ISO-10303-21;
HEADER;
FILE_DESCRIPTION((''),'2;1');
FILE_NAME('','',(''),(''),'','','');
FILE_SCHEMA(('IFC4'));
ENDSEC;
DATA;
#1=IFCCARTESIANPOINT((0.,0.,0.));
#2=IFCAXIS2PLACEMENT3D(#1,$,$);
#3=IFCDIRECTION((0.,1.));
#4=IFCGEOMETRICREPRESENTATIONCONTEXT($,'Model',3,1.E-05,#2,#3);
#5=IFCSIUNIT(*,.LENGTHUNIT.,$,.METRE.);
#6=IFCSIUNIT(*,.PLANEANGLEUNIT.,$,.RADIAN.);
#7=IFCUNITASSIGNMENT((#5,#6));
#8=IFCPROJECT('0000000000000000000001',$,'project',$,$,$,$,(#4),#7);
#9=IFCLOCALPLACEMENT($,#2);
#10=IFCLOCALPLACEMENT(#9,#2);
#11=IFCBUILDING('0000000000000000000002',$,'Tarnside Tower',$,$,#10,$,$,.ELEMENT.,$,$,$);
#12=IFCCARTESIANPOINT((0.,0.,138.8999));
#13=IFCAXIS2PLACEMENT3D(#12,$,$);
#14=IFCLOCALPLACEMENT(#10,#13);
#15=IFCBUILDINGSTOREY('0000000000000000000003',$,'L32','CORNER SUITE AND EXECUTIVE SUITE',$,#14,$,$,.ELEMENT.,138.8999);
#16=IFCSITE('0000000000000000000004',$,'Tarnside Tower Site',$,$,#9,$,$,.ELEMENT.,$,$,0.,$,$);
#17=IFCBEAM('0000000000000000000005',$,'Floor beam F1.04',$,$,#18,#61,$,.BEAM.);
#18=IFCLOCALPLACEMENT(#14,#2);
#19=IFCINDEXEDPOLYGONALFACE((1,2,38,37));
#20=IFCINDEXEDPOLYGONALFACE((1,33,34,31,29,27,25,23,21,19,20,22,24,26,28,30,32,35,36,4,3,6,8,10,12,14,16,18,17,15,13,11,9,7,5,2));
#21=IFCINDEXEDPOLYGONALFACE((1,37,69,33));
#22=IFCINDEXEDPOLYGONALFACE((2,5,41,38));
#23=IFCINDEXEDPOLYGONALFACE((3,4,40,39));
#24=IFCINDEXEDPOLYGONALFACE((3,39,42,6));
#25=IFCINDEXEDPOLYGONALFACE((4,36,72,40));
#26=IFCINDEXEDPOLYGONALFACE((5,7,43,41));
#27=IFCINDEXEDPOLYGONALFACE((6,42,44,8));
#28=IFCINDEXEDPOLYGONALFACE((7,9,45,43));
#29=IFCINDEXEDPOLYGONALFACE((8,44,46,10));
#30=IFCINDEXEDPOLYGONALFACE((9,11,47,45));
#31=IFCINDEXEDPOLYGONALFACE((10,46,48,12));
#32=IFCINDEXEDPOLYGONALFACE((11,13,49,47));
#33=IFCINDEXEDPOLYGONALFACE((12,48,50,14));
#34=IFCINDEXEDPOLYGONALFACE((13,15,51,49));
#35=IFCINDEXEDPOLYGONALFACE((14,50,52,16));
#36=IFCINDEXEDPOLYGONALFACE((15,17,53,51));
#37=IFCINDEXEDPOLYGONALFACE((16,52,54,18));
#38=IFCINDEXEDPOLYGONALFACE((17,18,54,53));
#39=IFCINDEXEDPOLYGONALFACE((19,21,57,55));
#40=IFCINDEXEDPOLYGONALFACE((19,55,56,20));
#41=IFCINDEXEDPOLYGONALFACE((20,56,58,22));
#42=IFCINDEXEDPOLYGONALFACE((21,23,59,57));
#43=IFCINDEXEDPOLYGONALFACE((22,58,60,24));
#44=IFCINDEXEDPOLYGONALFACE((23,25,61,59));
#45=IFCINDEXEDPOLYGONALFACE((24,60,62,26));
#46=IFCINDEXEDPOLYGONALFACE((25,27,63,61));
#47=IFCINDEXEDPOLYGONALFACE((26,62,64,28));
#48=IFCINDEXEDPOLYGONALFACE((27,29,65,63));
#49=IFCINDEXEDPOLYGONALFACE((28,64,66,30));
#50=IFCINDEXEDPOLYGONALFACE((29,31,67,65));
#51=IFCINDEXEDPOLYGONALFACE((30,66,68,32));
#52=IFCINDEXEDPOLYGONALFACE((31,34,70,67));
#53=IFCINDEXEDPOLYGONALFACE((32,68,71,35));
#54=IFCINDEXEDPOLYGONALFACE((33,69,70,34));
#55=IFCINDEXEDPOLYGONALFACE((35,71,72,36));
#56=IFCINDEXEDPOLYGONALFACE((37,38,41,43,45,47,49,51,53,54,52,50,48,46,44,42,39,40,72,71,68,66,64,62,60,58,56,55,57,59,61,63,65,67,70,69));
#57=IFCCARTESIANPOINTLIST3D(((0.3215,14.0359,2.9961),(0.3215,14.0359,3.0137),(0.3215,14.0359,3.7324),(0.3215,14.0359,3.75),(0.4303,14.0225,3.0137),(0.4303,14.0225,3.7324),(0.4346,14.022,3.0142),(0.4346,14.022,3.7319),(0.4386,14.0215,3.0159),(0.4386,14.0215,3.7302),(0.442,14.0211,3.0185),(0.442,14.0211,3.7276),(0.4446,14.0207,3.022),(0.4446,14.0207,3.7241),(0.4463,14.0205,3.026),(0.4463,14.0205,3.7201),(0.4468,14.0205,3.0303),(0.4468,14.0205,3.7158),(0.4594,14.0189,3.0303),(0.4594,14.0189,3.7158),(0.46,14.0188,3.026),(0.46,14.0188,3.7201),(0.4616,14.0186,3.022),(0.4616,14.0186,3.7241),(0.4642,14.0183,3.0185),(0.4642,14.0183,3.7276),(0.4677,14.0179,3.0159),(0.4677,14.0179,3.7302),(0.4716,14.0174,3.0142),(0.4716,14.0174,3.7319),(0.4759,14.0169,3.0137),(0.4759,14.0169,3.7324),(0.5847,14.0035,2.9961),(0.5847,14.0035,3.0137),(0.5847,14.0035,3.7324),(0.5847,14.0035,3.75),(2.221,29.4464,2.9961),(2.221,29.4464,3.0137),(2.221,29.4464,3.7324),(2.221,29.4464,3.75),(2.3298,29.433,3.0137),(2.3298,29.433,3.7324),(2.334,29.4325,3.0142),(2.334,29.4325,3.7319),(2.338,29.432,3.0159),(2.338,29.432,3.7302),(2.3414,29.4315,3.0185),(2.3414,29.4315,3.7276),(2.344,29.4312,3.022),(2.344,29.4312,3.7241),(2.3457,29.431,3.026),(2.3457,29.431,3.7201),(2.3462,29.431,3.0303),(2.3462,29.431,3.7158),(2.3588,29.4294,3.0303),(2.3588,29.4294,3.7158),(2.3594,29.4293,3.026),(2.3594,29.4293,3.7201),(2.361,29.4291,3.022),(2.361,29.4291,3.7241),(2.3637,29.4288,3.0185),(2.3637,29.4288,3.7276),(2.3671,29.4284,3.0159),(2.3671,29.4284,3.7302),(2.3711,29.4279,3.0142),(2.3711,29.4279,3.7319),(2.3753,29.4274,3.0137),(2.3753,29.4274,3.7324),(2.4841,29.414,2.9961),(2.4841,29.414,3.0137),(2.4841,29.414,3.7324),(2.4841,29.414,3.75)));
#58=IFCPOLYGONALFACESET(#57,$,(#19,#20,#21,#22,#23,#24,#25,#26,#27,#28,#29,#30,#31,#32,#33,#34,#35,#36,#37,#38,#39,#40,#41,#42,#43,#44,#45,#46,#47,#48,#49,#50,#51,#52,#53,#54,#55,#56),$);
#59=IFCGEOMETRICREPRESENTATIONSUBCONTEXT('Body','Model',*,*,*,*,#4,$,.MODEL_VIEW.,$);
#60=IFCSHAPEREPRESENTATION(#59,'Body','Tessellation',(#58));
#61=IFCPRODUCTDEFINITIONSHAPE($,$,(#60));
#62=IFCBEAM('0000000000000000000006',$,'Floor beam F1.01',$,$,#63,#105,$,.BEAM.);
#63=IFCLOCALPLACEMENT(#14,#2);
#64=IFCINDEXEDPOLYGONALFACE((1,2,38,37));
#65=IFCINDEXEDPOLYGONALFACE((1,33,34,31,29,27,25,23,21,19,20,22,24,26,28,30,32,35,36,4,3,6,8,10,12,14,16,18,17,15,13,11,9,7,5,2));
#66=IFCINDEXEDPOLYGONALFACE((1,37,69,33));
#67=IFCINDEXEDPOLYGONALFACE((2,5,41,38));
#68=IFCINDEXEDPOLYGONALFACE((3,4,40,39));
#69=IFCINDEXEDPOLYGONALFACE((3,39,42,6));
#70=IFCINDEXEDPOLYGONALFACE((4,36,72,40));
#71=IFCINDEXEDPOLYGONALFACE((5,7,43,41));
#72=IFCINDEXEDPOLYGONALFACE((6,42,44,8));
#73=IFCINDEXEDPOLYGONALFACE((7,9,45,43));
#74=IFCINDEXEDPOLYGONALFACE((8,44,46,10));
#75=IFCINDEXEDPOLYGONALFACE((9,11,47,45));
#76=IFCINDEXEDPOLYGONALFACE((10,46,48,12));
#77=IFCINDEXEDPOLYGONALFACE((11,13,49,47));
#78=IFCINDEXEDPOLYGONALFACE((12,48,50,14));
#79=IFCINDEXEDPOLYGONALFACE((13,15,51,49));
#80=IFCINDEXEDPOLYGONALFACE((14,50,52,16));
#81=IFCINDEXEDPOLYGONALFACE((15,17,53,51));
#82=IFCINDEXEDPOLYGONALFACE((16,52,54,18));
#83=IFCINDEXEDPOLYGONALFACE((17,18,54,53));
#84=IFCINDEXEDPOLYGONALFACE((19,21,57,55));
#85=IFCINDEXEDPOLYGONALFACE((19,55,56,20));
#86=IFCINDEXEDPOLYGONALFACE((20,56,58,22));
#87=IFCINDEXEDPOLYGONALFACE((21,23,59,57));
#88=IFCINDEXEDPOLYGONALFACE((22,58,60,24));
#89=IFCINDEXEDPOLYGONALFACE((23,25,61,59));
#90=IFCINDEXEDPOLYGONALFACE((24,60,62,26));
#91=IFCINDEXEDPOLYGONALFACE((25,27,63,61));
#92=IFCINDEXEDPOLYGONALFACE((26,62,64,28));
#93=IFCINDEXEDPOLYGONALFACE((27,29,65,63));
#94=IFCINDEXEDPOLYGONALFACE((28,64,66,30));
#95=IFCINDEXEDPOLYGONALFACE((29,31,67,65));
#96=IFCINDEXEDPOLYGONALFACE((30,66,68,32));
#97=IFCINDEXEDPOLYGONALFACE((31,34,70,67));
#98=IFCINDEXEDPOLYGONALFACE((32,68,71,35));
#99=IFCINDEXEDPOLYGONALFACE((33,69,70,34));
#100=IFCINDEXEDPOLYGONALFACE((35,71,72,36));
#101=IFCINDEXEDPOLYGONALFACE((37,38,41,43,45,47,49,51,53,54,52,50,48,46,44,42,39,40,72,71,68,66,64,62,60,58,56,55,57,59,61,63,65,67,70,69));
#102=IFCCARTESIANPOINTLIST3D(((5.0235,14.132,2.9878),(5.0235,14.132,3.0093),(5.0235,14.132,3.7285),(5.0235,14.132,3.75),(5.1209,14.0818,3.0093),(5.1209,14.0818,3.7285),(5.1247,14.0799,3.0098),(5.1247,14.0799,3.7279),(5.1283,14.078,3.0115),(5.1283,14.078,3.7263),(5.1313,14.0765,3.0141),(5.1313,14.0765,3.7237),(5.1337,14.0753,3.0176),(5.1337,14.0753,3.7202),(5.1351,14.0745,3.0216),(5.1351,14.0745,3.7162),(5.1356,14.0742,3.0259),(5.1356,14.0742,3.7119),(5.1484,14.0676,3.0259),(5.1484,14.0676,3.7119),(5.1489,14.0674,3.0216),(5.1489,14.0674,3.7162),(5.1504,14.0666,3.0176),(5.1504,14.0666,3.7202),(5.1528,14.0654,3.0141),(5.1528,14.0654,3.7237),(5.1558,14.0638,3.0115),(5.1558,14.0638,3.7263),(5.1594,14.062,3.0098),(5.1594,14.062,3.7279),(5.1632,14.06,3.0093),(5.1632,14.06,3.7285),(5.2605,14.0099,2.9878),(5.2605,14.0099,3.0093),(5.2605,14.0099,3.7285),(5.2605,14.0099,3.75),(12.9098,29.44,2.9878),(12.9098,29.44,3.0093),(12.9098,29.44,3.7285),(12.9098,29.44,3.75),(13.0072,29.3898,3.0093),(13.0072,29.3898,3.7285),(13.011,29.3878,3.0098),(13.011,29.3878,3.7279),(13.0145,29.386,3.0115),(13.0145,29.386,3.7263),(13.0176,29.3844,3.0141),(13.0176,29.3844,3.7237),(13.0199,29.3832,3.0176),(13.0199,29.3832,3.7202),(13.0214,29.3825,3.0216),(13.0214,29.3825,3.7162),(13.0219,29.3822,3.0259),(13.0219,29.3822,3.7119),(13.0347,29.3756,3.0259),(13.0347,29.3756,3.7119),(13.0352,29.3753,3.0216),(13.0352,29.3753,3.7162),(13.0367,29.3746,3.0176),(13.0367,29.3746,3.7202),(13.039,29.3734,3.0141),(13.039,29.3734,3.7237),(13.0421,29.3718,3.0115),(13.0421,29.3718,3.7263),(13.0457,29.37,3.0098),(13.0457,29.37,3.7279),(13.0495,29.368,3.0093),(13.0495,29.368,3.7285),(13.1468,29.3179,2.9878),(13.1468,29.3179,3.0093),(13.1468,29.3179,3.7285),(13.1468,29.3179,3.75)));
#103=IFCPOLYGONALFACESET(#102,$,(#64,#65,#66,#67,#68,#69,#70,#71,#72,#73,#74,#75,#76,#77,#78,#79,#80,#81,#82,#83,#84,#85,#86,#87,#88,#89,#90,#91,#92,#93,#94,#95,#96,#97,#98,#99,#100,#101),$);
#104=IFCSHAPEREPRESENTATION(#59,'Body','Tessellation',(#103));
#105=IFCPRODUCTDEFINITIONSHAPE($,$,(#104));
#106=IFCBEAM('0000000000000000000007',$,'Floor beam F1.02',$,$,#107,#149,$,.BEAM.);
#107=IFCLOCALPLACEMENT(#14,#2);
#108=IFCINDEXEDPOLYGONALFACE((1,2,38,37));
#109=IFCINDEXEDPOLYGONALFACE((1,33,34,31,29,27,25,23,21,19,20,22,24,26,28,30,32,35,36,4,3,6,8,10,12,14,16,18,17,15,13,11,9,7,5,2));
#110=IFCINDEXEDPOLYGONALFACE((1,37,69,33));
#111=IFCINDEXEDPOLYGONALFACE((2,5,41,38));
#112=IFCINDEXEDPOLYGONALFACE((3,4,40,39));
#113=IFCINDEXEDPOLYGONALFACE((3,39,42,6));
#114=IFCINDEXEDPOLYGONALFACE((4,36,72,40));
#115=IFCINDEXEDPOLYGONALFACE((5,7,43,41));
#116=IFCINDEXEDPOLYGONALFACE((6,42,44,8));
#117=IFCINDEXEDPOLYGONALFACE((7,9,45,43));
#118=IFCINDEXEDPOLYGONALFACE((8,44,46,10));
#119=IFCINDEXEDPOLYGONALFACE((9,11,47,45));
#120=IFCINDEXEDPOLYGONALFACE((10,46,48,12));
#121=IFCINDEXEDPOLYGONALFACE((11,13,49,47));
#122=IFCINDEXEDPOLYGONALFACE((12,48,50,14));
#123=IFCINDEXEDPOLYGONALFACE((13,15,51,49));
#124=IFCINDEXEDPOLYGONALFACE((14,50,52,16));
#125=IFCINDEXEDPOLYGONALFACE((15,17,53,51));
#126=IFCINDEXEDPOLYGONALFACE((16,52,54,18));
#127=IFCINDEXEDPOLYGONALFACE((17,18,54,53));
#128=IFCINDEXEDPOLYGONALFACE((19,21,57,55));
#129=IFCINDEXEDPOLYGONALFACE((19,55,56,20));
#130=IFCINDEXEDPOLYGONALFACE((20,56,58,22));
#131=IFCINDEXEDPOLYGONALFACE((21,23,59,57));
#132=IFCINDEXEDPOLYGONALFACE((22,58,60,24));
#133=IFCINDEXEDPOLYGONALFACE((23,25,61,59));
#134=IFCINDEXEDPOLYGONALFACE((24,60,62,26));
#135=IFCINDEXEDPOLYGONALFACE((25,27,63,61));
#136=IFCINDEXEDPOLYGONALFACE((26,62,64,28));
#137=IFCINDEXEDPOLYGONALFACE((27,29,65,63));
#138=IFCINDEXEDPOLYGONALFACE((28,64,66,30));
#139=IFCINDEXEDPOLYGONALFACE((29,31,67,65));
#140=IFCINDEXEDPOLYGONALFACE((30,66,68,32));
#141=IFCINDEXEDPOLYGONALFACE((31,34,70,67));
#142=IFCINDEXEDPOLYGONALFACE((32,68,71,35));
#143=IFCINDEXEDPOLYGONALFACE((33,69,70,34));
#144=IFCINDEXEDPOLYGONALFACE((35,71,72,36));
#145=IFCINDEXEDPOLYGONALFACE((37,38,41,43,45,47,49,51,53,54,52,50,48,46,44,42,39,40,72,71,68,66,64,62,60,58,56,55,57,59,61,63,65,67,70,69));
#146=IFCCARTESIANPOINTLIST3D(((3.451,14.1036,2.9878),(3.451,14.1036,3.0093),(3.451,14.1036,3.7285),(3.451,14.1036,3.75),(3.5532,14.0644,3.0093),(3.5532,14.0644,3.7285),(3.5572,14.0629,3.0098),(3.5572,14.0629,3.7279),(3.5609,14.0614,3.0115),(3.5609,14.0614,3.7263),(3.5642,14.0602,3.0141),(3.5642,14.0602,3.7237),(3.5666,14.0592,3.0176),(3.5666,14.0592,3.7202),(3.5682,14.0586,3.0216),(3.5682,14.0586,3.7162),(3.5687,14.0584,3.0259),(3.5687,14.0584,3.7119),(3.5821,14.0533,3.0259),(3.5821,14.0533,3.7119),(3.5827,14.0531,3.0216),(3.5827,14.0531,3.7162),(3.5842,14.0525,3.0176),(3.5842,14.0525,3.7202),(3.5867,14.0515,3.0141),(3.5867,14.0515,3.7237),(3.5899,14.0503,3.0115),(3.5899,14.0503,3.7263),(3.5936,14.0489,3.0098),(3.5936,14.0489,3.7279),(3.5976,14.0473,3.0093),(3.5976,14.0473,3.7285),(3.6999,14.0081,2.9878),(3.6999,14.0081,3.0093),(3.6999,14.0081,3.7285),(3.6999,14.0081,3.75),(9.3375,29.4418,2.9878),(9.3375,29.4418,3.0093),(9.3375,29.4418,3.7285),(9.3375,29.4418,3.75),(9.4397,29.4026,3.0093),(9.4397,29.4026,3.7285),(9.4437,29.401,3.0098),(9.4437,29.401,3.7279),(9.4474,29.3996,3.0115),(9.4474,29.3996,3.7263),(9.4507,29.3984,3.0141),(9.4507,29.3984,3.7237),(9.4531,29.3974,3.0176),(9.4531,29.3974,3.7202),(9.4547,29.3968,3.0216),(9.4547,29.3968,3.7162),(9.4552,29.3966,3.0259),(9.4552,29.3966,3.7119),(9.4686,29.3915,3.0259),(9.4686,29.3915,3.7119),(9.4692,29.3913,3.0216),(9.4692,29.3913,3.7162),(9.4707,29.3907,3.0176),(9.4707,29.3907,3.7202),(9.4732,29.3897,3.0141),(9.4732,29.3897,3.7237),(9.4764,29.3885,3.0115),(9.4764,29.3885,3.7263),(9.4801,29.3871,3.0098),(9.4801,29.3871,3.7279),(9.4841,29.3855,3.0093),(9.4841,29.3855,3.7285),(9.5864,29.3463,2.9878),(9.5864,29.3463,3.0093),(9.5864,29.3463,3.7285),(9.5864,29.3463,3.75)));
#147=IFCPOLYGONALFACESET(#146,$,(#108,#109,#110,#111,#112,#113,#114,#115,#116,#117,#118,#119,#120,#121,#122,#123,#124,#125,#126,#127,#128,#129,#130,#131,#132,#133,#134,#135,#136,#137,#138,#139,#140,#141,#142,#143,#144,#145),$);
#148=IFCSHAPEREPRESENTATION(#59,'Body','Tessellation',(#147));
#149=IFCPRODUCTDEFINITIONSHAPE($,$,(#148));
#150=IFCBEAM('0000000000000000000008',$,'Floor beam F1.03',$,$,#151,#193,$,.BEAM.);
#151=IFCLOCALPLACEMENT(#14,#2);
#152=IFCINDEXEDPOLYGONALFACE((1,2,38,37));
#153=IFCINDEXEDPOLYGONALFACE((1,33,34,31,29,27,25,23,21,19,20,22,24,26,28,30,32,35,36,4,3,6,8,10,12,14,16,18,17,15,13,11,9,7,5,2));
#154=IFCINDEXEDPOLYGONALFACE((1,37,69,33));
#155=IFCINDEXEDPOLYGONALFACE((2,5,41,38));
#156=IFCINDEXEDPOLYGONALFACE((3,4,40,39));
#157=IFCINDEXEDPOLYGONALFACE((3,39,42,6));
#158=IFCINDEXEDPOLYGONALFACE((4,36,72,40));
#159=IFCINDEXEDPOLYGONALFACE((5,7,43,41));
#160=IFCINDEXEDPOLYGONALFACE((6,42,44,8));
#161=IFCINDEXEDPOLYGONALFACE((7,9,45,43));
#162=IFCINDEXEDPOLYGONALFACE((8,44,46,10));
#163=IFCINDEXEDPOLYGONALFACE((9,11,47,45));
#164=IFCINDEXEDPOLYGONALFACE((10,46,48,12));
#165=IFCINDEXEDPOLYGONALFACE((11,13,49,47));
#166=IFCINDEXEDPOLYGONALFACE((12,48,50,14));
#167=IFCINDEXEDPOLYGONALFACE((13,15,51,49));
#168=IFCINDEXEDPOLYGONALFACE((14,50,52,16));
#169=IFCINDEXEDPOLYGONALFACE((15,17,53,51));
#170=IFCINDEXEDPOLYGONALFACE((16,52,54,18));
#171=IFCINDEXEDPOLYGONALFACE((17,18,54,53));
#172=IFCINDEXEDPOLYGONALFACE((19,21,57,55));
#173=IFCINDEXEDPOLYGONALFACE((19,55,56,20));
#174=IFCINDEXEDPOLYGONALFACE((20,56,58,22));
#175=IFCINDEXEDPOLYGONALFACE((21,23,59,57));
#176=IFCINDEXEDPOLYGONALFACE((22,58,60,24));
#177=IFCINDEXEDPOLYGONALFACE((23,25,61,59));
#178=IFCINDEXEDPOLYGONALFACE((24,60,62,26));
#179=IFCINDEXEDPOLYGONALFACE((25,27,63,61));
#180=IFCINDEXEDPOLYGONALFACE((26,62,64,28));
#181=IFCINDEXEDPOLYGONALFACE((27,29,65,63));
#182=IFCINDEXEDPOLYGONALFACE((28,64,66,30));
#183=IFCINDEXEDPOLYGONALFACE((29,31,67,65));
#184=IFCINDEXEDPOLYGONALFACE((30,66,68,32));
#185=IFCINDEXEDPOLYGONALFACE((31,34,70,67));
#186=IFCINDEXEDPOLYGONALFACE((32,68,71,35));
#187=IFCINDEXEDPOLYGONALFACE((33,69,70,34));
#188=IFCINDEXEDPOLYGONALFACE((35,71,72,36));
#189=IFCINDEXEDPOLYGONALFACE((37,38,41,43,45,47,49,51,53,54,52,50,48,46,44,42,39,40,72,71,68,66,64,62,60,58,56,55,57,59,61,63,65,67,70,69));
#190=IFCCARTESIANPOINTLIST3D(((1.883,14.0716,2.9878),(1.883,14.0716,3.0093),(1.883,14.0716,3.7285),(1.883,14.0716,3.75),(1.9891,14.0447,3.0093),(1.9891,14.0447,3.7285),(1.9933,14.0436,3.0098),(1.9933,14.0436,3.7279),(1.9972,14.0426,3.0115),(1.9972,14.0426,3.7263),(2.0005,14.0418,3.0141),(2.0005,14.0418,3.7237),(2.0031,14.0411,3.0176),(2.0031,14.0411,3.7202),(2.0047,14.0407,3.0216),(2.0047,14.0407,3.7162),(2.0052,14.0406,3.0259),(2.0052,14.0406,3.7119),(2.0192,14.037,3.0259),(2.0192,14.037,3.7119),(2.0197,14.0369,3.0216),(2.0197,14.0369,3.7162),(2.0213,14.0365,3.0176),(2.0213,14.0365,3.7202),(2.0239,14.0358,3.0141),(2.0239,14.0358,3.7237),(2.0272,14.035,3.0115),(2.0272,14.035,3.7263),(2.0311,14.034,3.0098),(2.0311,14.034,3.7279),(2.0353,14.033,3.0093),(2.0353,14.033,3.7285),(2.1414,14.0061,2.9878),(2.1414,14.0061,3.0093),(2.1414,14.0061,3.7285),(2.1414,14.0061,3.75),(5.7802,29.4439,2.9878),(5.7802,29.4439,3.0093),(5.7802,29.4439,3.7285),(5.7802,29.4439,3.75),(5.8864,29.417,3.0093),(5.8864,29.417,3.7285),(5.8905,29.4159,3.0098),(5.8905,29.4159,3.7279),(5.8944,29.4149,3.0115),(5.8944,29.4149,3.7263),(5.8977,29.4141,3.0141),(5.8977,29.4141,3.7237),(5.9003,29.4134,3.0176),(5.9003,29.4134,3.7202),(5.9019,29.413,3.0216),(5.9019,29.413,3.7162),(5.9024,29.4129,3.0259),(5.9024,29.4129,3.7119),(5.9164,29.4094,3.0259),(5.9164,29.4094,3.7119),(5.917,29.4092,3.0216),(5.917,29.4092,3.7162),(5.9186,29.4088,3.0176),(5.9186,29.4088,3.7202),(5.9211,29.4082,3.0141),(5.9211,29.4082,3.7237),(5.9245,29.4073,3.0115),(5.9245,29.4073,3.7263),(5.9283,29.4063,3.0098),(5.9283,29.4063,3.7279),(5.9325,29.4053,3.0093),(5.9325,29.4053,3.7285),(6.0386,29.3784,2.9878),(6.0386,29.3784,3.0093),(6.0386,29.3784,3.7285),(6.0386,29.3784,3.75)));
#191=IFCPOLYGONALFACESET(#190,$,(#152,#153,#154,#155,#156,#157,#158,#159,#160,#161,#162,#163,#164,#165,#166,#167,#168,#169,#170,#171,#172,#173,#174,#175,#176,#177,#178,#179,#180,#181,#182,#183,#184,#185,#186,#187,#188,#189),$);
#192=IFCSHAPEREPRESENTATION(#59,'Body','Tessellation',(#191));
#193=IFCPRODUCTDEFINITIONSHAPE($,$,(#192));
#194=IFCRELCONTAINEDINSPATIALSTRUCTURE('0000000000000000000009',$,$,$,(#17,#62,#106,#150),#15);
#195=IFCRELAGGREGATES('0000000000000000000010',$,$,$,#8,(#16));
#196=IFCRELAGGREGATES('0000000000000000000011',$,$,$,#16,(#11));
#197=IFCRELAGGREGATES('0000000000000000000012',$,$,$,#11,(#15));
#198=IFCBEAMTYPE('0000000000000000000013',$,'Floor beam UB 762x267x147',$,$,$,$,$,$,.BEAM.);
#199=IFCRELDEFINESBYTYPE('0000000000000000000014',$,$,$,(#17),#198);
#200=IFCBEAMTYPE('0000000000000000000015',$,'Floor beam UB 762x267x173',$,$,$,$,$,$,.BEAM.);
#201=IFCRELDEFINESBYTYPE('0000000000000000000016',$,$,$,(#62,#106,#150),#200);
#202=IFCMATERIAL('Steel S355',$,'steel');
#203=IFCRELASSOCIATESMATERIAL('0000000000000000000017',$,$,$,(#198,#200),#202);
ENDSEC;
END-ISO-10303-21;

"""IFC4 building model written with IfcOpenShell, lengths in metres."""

from ifc_helpers import new_model, si_unit, direction, frame, origin, origin_2d, place, context, subcontext, project, spatial, i_section, extrude, material, material_profile, profile_set, type_object, element, save


model = new_model("IFC4")

# Units and contexts
model_context = context("Model", 3, precision=1e-05, world=origin(), true_north=direction((0.0, 1.0)))
body_context = subcontext(model_context, "Body", "Model", "MODEL_VIEW")
ifc_project = project(units=[si_unit("LENGTHUNIT", "METRE"), si_unit("PLANEANGLEUNIT", "RADIAN")], contexts=[model_context])

# Site, building, storey
site_placement = place(None, origin())
site = spatial("IfcSite", under=ifc_project, at=site_placement, Name="Tarnside Tower Site", CompositionType="ELEMENT", RefElevation=0.0)
building_placement = place(site_placement, origin())
building = spatial("IfcBuilding", under=site, at=building_placement, Name="Tarnside Tower", CompositionType="ELEMENT")
storey_placement = place(building_placement, frame((0.0, 0.0, 138.8999)))
storey = spatial("IfcBuildingStorey", under=building, at=storey_placement, Name="L32", Description="CORNER SUITE AND EXECUTIVE SUITE", CompositionType="ELEMENT", Elevation=138.8999)

# Beams
ifc_material_1 = material(Name="Steel S355", Category="steel")
ifc_material_profile_1 = material_profile(ifc_material_1, i_section(OverallWidth=0.2651, OverallDepth=0.7539, WebThickness=0.0127, FlangeThickness=0.0176, FilletRadius=0.0166, at=origin_2d()), Name="UB 762x267x147")
ifc_profile_set_1 = profile_set([ifc_material_profile_1], Name="Steel S355")
beam_type_1 = type_object("IfcBeamType", Name="Floor beam UB 762x267x147", PredefinedType="BEAM", material=ifc_profile_set_1)
beam_1_placement = place(storey_placement, frame((2.3525, 29.4302, 3.373), z_axis=(-0.12233, -0.99249, 0.0), x_axis=(0.99249, -0.12233, 0.0)))
element("IfcBeam", 1, at=beam_1_placement, inside=storey, type_object=beam_type_1, Name="Floor beam F1.04", PredefinedType="BEAM", context=body_context, shape_type="SweptSolid", body=[
    extrude(i_section(OverallWidth=0.2651, OverallDepth=0.7539, WebThickness=0.0127, FlangeThickness=0.0176, FilletRadius=0.0166, at=origin_2d()), origin(), (0.0, 0.0, 1.0), 15.5271),
])
ifc_material_profile_2 = material_profile(ifc_material_1, i_section(OverallWidth=0.2666, OverallDepth=0.7622, WebThickness=0.0144, FlangeThickness=0.0215, FilletRadius=0.0166, at=origin_2d()), Name="UB 762x267x173")
ifc_profile_set_2 = profile_set([ifc_material_profile_2], Name="Steel S355")
beam_type_2 = type_object("IfcBeamType", Name="Floor beam UB 762x267x173", PredefinedType="BEAM", material=ifc_profile_set_2)
beam_2_placement = place(storey_placement, frame((13.0283, 29.3789, 3.3689), z_axis=(-0.457973, -0.888966, 0.0), x_axis=(0.888966, -0.457973, 0.0)))
element("IfcBeam", 2, at=beam_2_placement, inside=storey, type_object=beam_type_2, Name="Floor beam F1.01", PredefinedType="BEAM", context=body_context, shape_type="SweptSolid", body=[
    extrude(i_section(OverallWidth=0.2666, OverallDepth=0.7622, WebThickness=0.0144, FlangeThickness=0.0215, FilletRadius=0.0166, at=origin_2d()), origin(), (0.0, 0.0, 1.0), 17.22),
])
beam_3_placement = place(storey_placement, frame((9.4619, 29.394, 3.3689), z_axis=(-0.3583, -0.933607, 0.0), x_axis=(0.933607, -0.3583, 0.0)))
element("IfcBeam", 3, at=beam_3_placement, inside=storey, type_object=beam_type_2, Name="Floor beam F1.02", PredefinedType="BEAM", context=body_context, shape_type="SweptSolid", body=[
    extrude(i_section(OverallWidth=0.2666, OverallDepth=0.7622, WebThickness=0.0144, FlangeThickness=0.0215, FilletRadius=0.0166, at=origin_2d()), origin(), (0.0, 0.0, 1.0), 16.429),
])
beam_4_placement = place(storey_placement, frame((5.9094, 29.4111, 3.3689), z_axis=(-0.245747, -0.969334, 0.0), x_axis=(0.969334, -0.245747, 0.0)))
element("IfcBeam", 4, at=beam_4_placement, inside=storey, type_object=beam_type_2, Name="Floor beam F1.03", PredefinedType="BEAM", context=body_context, shape_type="SweptSolid", body=[
    extrude(i_section(OverallWidth=0.2666, OverallDepth=0.7622, WebThickness=0.0144, FlangeThickness=0.0215, FilletRadius=0.0166, at=origin_2d()), origin(), (0.0, 0.0, 1.0), 15.8586),
])

save(model, "model.ifc")
